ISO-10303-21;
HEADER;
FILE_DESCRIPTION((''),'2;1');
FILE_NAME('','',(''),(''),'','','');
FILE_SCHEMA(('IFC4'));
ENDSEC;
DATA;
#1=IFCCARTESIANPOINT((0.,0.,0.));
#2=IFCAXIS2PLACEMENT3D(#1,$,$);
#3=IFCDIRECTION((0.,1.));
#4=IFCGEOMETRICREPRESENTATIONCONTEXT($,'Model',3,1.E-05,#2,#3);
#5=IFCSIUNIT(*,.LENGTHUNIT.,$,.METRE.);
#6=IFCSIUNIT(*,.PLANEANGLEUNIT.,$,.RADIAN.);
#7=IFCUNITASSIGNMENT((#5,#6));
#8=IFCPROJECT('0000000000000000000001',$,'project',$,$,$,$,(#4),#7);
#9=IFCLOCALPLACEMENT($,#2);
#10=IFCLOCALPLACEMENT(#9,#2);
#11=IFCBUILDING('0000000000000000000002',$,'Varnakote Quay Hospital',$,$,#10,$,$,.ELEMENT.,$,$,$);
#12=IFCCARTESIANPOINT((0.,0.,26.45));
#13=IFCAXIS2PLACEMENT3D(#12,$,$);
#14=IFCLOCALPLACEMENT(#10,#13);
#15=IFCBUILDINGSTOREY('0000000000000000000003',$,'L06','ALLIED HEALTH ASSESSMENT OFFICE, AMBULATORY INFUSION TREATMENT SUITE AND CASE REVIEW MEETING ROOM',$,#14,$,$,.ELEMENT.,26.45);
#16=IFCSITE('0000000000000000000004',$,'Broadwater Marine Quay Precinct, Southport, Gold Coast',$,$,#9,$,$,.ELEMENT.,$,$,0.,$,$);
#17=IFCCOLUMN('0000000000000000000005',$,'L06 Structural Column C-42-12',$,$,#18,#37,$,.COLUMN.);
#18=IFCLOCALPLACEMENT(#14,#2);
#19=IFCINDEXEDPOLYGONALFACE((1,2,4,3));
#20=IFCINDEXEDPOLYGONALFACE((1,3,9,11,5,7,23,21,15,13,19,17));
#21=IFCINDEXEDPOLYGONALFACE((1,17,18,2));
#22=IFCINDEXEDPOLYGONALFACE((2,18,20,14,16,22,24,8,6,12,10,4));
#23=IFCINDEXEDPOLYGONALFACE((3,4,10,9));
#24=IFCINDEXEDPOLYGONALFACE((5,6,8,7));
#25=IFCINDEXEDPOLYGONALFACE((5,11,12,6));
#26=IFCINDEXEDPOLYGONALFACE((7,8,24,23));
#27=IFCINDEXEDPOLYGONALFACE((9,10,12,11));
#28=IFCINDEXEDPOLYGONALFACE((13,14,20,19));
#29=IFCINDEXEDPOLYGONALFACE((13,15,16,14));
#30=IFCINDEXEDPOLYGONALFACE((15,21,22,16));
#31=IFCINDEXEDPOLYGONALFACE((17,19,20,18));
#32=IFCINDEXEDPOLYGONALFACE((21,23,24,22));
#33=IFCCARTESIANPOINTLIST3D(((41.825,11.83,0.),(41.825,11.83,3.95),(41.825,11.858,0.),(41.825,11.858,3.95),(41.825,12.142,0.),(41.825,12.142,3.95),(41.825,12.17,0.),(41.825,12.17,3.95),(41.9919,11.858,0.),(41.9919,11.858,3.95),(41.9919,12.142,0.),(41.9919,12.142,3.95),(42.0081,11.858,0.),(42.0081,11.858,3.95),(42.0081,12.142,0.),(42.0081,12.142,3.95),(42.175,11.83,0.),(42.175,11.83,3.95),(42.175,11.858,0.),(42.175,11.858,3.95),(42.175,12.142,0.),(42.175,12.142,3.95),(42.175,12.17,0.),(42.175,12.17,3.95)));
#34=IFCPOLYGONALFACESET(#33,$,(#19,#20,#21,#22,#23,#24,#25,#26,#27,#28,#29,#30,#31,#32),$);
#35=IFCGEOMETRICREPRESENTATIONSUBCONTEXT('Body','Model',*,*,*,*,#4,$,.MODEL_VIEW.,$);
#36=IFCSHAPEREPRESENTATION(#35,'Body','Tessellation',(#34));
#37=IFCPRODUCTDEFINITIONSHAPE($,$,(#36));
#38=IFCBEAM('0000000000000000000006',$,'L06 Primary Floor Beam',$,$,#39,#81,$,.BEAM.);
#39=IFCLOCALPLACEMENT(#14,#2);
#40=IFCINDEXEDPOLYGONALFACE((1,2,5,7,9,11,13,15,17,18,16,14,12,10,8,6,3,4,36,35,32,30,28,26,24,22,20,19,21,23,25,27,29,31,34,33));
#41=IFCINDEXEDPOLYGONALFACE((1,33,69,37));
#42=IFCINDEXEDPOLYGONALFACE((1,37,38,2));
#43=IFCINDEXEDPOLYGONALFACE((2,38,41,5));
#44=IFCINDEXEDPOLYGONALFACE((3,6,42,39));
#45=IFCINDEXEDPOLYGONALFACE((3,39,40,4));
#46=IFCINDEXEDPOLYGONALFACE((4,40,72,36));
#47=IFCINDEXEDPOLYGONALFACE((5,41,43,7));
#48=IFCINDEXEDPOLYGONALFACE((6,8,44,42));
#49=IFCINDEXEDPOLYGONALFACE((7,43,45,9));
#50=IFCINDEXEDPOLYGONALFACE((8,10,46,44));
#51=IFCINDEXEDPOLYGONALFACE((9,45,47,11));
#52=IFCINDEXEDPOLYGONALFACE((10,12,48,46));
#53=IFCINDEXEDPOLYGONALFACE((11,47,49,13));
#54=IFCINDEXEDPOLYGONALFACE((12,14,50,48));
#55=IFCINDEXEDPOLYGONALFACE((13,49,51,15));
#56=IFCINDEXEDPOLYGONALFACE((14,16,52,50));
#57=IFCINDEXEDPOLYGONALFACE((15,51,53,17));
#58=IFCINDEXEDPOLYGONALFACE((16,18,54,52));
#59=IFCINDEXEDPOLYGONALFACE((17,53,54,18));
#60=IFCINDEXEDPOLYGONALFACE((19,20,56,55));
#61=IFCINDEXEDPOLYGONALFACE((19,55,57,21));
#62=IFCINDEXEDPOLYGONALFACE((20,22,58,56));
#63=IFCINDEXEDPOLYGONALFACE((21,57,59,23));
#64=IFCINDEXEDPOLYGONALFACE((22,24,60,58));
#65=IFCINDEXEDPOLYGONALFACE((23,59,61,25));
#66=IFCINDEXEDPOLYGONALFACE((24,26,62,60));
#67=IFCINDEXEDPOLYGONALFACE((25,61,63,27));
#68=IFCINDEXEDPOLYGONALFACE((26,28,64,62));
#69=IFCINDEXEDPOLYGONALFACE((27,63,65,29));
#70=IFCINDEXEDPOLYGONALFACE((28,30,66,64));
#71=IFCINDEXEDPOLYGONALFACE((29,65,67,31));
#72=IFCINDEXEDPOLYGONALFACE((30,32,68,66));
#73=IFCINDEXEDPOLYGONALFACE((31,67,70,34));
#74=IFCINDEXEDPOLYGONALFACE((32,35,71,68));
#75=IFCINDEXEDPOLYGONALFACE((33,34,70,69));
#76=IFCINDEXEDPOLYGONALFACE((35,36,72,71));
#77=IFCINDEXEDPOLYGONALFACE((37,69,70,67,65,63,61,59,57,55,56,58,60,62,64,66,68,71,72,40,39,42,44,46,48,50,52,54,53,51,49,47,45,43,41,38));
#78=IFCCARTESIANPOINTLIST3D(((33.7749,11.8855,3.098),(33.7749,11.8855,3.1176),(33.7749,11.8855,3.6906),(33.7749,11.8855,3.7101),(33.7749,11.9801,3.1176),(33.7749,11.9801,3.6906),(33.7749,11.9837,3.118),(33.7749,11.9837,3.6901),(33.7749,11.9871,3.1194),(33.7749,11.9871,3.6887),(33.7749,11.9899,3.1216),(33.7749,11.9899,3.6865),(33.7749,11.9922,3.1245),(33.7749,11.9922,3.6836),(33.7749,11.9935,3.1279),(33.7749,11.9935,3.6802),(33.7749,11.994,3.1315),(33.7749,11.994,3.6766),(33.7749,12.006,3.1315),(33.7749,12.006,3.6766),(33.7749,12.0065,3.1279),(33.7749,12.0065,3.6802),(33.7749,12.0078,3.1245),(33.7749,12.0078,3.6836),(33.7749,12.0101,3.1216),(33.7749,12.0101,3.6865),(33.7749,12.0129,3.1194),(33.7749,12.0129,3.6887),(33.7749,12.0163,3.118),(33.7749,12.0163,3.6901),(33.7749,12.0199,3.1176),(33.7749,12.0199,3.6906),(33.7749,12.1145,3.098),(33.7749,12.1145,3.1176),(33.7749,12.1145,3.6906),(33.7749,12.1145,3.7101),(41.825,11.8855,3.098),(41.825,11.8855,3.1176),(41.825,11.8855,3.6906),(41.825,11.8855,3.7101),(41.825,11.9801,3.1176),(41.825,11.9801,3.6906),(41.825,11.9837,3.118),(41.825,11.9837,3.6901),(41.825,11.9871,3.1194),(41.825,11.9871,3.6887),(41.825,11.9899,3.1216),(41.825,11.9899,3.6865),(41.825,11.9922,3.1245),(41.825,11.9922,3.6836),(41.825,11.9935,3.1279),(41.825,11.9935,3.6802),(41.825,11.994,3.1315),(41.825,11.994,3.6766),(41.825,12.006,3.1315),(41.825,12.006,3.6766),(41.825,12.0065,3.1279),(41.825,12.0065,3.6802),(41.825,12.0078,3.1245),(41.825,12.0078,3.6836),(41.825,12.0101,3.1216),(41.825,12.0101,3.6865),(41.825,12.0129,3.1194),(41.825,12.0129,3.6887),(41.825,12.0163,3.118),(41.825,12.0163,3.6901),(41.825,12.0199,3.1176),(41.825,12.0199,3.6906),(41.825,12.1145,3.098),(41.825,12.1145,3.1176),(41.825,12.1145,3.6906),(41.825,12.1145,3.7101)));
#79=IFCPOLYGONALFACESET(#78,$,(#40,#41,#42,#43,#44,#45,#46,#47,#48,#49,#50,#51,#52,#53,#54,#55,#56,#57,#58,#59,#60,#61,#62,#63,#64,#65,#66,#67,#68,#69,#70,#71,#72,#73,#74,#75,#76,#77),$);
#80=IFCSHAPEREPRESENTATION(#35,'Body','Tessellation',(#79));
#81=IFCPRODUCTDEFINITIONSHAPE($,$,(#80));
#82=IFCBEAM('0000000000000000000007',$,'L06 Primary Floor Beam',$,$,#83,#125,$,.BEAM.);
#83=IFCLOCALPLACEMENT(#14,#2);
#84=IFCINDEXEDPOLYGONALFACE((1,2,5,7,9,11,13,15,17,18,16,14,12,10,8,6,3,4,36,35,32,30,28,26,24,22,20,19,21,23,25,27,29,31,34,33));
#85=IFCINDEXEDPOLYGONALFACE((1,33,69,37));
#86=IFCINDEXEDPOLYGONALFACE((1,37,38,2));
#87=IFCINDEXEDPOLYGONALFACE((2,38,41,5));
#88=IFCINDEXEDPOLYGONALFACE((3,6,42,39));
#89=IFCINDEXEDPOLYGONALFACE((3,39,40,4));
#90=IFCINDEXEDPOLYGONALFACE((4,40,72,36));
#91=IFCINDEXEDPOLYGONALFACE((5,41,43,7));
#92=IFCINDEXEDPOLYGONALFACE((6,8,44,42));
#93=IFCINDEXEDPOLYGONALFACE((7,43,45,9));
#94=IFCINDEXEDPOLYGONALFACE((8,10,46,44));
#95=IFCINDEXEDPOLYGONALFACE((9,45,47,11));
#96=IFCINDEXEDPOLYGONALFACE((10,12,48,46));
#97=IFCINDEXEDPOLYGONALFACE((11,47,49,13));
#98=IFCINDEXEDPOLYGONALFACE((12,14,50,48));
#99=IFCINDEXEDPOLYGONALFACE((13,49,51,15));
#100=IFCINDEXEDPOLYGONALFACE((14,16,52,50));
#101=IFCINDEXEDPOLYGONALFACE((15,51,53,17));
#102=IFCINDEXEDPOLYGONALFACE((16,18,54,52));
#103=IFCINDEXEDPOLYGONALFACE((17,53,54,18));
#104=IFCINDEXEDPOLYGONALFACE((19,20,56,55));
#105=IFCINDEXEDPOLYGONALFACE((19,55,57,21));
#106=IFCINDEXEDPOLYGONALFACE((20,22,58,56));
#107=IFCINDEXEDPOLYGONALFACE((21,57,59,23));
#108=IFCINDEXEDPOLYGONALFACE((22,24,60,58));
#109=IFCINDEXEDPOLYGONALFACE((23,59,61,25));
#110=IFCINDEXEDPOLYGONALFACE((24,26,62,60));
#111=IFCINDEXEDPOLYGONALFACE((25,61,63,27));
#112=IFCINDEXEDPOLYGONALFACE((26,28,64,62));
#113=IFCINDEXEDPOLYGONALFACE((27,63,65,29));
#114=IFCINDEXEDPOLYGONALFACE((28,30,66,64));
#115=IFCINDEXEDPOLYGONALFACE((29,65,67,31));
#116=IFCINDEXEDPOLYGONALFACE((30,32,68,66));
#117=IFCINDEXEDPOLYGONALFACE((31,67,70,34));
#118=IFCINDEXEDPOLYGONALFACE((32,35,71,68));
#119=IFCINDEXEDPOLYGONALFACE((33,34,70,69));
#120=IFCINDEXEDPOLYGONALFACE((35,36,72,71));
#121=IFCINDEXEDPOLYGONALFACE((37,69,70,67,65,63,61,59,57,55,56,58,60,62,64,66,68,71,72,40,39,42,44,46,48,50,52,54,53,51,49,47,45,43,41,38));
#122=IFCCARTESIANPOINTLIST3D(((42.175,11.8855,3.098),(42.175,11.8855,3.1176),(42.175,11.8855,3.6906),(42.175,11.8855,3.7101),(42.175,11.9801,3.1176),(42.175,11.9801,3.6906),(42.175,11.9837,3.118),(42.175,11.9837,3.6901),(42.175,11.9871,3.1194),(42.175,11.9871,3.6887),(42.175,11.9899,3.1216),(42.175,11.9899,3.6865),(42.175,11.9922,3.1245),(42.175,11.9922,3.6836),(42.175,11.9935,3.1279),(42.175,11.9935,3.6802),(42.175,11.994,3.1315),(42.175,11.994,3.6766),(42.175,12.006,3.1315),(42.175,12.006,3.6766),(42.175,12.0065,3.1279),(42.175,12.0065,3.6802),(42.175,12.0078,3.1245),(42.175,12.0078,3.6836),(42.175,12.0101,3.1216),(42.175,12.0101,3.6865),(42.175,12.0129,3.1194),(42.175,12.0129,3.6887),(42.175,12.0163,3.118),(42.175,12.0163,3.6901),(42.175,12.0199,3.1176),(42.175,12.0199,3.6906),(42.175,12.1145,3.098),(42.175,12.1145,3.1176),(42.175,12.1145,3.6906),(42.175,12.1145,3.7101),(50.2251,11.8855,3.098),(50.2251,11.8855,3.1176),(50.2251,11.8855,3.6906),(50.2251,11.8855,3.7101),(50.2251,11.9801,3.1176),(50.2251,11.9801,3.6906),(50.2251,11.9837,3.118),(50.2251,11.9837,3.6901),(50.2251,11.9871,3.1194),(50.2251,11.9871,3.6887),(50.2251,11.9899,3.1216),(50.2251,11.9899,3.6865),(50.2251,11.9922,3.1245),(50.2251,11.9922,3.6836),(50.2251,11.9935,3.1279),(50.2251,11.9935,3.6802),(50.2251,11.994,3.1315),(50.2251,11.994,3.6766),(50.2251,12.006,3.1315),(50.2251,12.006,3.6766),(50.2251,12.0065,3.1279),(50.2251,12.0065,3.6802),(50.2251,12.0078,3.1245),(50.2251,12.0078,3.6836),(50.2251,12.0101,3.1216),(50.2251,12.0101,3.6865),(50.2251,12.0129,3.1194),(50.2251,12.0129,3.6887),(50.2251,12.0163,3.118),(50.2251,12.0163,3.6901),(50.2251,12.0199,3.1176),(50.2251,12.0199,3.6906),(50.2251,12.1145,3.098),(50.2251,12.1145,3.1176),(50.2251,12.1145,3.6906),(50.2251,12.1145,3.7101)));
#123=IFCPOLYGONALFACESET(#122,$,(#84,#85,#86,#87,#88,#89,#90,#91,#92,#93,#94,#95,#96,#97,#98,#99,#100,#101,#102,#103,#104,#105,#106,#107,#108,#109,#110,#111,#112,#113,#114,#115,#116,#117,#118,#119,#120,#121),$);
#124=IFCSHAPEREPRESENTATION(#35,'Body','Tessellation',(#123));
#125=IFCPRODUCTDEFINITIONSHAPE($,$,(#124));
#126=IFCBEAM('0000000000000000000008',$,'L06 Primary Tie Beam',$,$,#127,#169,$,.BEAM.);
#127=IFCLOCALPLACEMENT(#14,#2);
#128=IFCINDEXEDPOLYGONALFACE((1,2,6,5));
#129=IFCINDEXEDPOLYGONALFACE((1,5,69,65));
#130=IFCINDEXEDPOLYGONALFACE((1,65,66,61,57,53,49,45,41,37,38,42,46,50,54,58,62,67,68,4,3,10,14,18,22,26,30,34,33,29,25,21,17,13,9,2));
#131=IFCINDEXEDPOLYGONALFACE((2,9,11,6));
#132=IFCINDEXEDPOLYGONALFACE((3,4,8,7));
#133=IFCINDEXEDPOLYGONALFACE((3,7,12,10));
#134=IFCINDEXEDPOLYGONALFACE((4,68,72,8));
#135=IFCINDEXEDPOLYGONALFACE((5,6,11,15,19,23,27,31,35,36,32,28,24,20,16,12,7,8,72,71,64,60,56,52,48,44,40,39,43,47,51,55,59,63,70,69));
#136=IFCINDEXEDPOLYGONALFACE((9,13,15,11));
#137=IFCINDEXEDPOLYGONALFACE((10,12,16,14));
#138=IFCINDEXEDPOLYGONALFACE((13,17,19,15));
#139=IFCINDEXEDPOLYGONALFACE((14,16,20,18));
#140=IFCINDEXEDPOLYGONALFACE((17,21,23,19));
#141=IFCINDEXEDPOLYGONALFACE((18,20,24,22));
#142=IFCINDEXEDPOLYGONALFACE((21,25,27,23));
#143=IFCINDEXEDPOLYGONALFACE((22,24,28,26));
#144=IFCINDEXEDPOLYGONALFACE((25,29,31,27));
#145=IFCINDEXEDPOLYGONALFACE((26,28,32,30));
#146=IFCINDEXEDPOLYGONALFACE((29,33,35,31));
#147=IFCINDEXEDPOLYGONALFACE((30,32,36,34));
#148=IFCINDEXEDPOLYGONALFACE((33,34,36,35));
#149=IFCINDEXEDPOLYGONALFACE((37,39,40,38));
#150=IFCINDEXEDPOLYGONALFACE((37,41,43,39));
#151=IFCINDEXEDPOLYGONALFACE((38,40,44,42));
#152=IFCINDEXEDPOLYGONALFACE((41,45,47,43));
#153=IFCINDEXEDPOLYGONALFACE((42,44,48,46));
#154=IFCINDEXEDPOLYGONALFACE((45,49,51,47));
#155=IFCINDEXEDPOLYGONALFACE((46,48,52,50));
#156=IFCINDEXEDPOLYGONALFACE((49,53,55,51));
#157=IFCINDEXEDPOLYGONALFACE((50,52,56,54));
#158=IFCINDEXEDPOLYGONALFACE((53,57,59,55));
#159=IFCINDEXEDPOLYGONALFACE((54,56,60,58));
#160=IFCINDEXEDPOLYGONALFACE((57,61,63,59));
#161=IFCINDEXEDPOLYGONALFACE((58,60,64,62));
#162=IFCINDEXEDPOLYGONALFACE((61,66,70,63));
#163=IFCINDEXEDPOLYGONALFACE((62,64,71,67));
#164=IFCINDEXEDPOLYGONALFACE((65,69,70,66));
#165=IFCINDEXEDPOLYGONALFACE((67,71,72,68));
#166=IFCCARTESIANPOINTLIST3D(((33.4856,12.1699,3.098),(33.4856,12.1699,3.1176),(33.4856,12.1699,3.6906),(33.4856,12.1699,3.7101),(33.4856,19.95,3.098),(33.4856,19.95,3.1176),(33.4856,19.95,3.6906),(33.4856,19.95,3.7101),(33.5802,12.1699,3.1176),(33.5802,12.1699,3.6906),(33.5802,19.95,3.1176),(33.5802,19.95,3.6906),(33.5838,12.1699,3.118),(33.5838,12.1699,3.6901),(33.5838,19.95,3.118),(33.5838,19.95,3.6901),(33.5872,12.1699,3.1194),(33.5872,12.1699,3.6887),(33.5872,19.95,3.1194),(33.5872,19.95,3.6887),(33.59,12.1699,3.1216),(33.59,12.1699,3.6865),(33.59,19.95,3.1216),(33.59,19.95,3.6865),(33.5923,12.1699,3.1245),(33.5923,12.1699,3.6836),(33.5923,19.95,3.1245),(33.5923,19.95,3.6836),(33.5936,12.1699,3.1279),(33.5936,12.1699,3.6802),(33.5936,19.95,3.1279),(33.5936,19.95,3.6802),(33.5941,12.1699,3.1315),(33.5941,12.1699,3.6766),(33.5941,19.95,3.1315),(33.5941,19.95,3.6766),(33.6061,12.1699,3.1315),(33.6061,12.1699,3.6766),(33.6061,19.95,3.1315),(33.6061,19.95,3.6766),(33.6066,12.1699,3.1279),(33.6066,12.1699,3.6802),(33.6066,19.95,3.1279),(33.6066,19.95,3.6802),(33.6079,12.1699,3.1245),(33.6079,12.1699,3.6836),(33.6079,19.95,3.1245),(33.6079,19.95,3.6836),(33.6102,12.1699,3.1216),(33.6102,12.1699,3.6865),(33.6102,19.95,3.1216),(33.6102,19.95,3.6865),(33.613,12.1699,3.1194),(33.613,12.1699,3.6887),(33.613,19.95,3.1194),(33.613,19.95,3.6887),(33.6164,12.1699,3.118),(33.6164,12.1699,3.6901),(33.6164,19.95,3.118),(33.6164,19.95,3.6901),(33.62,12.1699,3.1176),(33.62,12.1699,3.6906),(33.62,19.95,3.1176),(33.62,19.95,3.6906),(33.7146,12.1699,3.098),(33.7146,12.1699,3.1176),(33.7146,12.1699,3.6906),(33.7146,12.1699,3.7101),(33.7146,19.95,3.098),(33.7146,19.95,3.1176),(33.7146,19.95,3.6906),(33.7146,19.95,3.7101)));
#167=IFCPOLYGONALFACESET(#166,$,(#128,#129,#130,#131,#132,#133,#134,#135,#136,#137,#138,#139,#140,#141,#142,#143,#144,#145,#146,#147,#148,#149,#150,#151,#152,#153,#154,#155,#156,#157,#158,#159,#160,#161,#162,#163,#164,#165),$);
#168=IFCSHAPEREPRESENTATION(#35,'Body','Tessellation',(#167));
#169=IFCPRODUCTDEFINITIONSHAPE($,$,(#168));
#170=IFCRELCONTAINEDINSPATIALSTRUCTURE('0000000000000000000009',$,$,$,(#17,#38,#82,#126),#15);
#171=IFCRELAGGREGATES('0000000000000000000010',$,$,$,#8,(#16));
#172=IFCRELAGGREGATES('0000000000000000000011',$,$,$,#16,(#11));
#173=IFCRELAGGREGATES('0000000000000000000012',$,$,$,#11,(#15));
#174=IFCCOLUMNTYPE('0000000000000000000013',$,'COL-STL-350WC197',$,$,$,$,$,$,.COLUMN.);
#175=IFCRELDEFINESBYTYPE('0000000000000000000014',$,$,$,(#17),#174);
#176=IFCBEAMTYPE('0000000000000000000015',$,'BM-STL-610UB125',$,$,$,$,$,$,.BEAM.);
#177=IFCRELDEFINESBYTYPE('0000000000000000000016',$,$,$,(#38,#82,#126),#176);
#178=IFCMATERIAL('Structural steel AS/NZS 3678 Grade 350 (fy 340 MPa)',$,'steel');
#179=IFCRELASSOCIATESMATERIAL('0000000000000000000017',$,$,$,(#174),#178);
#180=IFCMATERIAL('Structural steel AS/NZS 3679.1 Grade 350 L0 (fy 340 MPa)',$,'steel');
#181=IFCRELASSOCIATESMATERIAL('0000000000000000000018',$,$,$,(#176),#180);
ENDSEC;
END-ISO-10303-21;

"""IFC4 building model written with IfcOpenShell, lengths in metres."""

from ifc_helpers import new_model, si_unit, direction, frame, origin, origin_2d, place, context, subcontext, project, spatial, i_section, extrude, material, material_profile, profile_set, type_object, element, save


model = new_model("IFC4")

# Units and contexts
model_context = context("Model", 3, precision=1e-05, world=origin(), true_north=direction((0.0, 1.0)))
body_context = subcontext(model_context, "Body", "Model", "MODEL_VIEW")
ifc_project = project(units=[si_unit("LENGTHUNIT", "METRE"), si_unit("PLANEANGLEUNIT", "RADIAN")], contexts=[model_context])

# Site, building, storey
site_placement = place(None, origin())
site = spatial("IfcSite", under=ifc_project, at=site_placement, Name="Broadwater Marine Quay Precinct, Southport, Gold Coast", CompositionType="ELEMENT", RefElevation=0.0)
building_placement = place(site_placement, origin())
building = spatial("IfcBuilding", under=site, at=building_placement, Name="Varnakote Quay Hospital", CompositionType="ELEMENT")
storey_placement = place(building_placement, frame((0.0, 0.0, 26.45)))
storey = spatial("IfcBuildingStorey", under=building, at=storey_placement, Name="L06", Description="ALLIED HEALTH ASSESSMENT OFFICE, AMBULATORY INFUSION TREATMENT SUITE AND CASE REVIEW MEETING ROOM", CompositionType="ELEMENT", Elevation=26.45)

# Column
ifc_material_1 = material(Name="Structural steel AS/NZS 3678 Grade 350 (fy 340 MPa)", Category="steel")
ifc_material_profile_1 = material_profile(ifc_material_1, i_section(OverallWidth=0.3501, OverallDepth=0.3401, WebThickness=0.0161, FlangeThickness=0.0281, at=origin_2d()), Name="350WC197")
ifc_profile_set_1 = profile_set([ifc_material_profile_1], Name="Structural steel AS/NZS 3678 Grade 350 (fy 340 MPa)")
column_type = type_object("IfcColumnType", Name="COL-STL-350WC197", PredefinedType="COLUMN", material=ifc_profile_set_1)
column_placement = place(storey_placement, frame((42.0, 12.0, 0.0), z_axis=(0.0, 0.0, 1.0), x_axis=(1.0, 0.0, 0.0)))
element("IfcColumn", 1, at=column_placement, inside=storey, type_object=column_type, Name="L06 Structural Column C-42-12", PredefinedType="COLUMN", context=body_context, shape_type="SweptSolid", body=[
    extrude(i_section(OverallWidth=0.3501, OverallDepth=0.3401, WebThickness=0.0161, FlangeThickness=0.0281, at=origin_2d()), origin(), (0.0, 0.0, 1.0), 3.95),
])

# Beams
ifc_material_2 = material(Name="Structural steel AS/NZS 3679.1 Grade 350 L0 (fy 340 MPa)", Category="steel")
ifc_material_profile_2 = material_profile(ifc_material_2, i_section(OverallWidth=0.229, OverallDepth=0.6121, WebThickness=0.012, FlangeThickness=0.0195, FilletRadius=0.0139, at=origin_2d()), Name="610UB125")
ifc_profile_set_2 = profile_set([ifc_material_profile_2], Name="Structural steel AS/NZS 3679.1 Grade 350 L0 (fy 340 MPa)")
beam_type_1 = type_object("IfcBeamType", Name="BM-STL-610UB125", PredefinedType="BEAM", material=ifc_profile_set_2)
for number, where, z_axis, x_axis, name in (
    (2, (33.7749, 12.0, 3.4041), (1.0, 0.0, 0.0), (0.0, 1.0, 0.0), "L06 Primary Floor Beam"),
    (3, (42.175, 12.0, 3.4041), (1.0, 0.0, 0.0), (0.0, 1.0, 0.0), "L06 Primary Floor Beam"),
):
    element("IfcBeam", number, at=place(storey_placement, frame(where, z_axis=z_axis, x_axis=x_axis)), inside=storey, type_object=beam_type_1, Name=name, PredefinedType="BEAM", context=body_context, shape_type="SweptSolid", body=[
        extrude(i_section(OverallWidth=0.229, OverallDepth=0.6121, WebThickness=0.012, FlangeThickness=0.0195, FilletRadius=0.0139, at=origin_2d()), origin(), (0.0, 0.0, 1.0), 8.05),
    ])
beam_1_placement = place(storey_placement, frame((33.6001, 12.1699, 3.4041), z_axis=(0.0, 1.0, 0.0), x_axis=(-1.0, 0.0, 0.0)))
element("IfcBeam", 4, at=beam_1_placement, inside=storey, type_object=beam_type_1, Name="L06 Primary Tie Beam", PredefinedType="BEAM", context=body_context, shape_type="SweptSolid", body=[
    extrude(i_section(OverallWidth=0.229, OverallDepth=0.6121, WebThickness=0.012, FlangeThickness=0.0195, FilletRadius=0.0139, at=origin_2d()), origin(), (0.0, 0.0, 1.0), 7.78),
])

save(model, "model.ifc")
